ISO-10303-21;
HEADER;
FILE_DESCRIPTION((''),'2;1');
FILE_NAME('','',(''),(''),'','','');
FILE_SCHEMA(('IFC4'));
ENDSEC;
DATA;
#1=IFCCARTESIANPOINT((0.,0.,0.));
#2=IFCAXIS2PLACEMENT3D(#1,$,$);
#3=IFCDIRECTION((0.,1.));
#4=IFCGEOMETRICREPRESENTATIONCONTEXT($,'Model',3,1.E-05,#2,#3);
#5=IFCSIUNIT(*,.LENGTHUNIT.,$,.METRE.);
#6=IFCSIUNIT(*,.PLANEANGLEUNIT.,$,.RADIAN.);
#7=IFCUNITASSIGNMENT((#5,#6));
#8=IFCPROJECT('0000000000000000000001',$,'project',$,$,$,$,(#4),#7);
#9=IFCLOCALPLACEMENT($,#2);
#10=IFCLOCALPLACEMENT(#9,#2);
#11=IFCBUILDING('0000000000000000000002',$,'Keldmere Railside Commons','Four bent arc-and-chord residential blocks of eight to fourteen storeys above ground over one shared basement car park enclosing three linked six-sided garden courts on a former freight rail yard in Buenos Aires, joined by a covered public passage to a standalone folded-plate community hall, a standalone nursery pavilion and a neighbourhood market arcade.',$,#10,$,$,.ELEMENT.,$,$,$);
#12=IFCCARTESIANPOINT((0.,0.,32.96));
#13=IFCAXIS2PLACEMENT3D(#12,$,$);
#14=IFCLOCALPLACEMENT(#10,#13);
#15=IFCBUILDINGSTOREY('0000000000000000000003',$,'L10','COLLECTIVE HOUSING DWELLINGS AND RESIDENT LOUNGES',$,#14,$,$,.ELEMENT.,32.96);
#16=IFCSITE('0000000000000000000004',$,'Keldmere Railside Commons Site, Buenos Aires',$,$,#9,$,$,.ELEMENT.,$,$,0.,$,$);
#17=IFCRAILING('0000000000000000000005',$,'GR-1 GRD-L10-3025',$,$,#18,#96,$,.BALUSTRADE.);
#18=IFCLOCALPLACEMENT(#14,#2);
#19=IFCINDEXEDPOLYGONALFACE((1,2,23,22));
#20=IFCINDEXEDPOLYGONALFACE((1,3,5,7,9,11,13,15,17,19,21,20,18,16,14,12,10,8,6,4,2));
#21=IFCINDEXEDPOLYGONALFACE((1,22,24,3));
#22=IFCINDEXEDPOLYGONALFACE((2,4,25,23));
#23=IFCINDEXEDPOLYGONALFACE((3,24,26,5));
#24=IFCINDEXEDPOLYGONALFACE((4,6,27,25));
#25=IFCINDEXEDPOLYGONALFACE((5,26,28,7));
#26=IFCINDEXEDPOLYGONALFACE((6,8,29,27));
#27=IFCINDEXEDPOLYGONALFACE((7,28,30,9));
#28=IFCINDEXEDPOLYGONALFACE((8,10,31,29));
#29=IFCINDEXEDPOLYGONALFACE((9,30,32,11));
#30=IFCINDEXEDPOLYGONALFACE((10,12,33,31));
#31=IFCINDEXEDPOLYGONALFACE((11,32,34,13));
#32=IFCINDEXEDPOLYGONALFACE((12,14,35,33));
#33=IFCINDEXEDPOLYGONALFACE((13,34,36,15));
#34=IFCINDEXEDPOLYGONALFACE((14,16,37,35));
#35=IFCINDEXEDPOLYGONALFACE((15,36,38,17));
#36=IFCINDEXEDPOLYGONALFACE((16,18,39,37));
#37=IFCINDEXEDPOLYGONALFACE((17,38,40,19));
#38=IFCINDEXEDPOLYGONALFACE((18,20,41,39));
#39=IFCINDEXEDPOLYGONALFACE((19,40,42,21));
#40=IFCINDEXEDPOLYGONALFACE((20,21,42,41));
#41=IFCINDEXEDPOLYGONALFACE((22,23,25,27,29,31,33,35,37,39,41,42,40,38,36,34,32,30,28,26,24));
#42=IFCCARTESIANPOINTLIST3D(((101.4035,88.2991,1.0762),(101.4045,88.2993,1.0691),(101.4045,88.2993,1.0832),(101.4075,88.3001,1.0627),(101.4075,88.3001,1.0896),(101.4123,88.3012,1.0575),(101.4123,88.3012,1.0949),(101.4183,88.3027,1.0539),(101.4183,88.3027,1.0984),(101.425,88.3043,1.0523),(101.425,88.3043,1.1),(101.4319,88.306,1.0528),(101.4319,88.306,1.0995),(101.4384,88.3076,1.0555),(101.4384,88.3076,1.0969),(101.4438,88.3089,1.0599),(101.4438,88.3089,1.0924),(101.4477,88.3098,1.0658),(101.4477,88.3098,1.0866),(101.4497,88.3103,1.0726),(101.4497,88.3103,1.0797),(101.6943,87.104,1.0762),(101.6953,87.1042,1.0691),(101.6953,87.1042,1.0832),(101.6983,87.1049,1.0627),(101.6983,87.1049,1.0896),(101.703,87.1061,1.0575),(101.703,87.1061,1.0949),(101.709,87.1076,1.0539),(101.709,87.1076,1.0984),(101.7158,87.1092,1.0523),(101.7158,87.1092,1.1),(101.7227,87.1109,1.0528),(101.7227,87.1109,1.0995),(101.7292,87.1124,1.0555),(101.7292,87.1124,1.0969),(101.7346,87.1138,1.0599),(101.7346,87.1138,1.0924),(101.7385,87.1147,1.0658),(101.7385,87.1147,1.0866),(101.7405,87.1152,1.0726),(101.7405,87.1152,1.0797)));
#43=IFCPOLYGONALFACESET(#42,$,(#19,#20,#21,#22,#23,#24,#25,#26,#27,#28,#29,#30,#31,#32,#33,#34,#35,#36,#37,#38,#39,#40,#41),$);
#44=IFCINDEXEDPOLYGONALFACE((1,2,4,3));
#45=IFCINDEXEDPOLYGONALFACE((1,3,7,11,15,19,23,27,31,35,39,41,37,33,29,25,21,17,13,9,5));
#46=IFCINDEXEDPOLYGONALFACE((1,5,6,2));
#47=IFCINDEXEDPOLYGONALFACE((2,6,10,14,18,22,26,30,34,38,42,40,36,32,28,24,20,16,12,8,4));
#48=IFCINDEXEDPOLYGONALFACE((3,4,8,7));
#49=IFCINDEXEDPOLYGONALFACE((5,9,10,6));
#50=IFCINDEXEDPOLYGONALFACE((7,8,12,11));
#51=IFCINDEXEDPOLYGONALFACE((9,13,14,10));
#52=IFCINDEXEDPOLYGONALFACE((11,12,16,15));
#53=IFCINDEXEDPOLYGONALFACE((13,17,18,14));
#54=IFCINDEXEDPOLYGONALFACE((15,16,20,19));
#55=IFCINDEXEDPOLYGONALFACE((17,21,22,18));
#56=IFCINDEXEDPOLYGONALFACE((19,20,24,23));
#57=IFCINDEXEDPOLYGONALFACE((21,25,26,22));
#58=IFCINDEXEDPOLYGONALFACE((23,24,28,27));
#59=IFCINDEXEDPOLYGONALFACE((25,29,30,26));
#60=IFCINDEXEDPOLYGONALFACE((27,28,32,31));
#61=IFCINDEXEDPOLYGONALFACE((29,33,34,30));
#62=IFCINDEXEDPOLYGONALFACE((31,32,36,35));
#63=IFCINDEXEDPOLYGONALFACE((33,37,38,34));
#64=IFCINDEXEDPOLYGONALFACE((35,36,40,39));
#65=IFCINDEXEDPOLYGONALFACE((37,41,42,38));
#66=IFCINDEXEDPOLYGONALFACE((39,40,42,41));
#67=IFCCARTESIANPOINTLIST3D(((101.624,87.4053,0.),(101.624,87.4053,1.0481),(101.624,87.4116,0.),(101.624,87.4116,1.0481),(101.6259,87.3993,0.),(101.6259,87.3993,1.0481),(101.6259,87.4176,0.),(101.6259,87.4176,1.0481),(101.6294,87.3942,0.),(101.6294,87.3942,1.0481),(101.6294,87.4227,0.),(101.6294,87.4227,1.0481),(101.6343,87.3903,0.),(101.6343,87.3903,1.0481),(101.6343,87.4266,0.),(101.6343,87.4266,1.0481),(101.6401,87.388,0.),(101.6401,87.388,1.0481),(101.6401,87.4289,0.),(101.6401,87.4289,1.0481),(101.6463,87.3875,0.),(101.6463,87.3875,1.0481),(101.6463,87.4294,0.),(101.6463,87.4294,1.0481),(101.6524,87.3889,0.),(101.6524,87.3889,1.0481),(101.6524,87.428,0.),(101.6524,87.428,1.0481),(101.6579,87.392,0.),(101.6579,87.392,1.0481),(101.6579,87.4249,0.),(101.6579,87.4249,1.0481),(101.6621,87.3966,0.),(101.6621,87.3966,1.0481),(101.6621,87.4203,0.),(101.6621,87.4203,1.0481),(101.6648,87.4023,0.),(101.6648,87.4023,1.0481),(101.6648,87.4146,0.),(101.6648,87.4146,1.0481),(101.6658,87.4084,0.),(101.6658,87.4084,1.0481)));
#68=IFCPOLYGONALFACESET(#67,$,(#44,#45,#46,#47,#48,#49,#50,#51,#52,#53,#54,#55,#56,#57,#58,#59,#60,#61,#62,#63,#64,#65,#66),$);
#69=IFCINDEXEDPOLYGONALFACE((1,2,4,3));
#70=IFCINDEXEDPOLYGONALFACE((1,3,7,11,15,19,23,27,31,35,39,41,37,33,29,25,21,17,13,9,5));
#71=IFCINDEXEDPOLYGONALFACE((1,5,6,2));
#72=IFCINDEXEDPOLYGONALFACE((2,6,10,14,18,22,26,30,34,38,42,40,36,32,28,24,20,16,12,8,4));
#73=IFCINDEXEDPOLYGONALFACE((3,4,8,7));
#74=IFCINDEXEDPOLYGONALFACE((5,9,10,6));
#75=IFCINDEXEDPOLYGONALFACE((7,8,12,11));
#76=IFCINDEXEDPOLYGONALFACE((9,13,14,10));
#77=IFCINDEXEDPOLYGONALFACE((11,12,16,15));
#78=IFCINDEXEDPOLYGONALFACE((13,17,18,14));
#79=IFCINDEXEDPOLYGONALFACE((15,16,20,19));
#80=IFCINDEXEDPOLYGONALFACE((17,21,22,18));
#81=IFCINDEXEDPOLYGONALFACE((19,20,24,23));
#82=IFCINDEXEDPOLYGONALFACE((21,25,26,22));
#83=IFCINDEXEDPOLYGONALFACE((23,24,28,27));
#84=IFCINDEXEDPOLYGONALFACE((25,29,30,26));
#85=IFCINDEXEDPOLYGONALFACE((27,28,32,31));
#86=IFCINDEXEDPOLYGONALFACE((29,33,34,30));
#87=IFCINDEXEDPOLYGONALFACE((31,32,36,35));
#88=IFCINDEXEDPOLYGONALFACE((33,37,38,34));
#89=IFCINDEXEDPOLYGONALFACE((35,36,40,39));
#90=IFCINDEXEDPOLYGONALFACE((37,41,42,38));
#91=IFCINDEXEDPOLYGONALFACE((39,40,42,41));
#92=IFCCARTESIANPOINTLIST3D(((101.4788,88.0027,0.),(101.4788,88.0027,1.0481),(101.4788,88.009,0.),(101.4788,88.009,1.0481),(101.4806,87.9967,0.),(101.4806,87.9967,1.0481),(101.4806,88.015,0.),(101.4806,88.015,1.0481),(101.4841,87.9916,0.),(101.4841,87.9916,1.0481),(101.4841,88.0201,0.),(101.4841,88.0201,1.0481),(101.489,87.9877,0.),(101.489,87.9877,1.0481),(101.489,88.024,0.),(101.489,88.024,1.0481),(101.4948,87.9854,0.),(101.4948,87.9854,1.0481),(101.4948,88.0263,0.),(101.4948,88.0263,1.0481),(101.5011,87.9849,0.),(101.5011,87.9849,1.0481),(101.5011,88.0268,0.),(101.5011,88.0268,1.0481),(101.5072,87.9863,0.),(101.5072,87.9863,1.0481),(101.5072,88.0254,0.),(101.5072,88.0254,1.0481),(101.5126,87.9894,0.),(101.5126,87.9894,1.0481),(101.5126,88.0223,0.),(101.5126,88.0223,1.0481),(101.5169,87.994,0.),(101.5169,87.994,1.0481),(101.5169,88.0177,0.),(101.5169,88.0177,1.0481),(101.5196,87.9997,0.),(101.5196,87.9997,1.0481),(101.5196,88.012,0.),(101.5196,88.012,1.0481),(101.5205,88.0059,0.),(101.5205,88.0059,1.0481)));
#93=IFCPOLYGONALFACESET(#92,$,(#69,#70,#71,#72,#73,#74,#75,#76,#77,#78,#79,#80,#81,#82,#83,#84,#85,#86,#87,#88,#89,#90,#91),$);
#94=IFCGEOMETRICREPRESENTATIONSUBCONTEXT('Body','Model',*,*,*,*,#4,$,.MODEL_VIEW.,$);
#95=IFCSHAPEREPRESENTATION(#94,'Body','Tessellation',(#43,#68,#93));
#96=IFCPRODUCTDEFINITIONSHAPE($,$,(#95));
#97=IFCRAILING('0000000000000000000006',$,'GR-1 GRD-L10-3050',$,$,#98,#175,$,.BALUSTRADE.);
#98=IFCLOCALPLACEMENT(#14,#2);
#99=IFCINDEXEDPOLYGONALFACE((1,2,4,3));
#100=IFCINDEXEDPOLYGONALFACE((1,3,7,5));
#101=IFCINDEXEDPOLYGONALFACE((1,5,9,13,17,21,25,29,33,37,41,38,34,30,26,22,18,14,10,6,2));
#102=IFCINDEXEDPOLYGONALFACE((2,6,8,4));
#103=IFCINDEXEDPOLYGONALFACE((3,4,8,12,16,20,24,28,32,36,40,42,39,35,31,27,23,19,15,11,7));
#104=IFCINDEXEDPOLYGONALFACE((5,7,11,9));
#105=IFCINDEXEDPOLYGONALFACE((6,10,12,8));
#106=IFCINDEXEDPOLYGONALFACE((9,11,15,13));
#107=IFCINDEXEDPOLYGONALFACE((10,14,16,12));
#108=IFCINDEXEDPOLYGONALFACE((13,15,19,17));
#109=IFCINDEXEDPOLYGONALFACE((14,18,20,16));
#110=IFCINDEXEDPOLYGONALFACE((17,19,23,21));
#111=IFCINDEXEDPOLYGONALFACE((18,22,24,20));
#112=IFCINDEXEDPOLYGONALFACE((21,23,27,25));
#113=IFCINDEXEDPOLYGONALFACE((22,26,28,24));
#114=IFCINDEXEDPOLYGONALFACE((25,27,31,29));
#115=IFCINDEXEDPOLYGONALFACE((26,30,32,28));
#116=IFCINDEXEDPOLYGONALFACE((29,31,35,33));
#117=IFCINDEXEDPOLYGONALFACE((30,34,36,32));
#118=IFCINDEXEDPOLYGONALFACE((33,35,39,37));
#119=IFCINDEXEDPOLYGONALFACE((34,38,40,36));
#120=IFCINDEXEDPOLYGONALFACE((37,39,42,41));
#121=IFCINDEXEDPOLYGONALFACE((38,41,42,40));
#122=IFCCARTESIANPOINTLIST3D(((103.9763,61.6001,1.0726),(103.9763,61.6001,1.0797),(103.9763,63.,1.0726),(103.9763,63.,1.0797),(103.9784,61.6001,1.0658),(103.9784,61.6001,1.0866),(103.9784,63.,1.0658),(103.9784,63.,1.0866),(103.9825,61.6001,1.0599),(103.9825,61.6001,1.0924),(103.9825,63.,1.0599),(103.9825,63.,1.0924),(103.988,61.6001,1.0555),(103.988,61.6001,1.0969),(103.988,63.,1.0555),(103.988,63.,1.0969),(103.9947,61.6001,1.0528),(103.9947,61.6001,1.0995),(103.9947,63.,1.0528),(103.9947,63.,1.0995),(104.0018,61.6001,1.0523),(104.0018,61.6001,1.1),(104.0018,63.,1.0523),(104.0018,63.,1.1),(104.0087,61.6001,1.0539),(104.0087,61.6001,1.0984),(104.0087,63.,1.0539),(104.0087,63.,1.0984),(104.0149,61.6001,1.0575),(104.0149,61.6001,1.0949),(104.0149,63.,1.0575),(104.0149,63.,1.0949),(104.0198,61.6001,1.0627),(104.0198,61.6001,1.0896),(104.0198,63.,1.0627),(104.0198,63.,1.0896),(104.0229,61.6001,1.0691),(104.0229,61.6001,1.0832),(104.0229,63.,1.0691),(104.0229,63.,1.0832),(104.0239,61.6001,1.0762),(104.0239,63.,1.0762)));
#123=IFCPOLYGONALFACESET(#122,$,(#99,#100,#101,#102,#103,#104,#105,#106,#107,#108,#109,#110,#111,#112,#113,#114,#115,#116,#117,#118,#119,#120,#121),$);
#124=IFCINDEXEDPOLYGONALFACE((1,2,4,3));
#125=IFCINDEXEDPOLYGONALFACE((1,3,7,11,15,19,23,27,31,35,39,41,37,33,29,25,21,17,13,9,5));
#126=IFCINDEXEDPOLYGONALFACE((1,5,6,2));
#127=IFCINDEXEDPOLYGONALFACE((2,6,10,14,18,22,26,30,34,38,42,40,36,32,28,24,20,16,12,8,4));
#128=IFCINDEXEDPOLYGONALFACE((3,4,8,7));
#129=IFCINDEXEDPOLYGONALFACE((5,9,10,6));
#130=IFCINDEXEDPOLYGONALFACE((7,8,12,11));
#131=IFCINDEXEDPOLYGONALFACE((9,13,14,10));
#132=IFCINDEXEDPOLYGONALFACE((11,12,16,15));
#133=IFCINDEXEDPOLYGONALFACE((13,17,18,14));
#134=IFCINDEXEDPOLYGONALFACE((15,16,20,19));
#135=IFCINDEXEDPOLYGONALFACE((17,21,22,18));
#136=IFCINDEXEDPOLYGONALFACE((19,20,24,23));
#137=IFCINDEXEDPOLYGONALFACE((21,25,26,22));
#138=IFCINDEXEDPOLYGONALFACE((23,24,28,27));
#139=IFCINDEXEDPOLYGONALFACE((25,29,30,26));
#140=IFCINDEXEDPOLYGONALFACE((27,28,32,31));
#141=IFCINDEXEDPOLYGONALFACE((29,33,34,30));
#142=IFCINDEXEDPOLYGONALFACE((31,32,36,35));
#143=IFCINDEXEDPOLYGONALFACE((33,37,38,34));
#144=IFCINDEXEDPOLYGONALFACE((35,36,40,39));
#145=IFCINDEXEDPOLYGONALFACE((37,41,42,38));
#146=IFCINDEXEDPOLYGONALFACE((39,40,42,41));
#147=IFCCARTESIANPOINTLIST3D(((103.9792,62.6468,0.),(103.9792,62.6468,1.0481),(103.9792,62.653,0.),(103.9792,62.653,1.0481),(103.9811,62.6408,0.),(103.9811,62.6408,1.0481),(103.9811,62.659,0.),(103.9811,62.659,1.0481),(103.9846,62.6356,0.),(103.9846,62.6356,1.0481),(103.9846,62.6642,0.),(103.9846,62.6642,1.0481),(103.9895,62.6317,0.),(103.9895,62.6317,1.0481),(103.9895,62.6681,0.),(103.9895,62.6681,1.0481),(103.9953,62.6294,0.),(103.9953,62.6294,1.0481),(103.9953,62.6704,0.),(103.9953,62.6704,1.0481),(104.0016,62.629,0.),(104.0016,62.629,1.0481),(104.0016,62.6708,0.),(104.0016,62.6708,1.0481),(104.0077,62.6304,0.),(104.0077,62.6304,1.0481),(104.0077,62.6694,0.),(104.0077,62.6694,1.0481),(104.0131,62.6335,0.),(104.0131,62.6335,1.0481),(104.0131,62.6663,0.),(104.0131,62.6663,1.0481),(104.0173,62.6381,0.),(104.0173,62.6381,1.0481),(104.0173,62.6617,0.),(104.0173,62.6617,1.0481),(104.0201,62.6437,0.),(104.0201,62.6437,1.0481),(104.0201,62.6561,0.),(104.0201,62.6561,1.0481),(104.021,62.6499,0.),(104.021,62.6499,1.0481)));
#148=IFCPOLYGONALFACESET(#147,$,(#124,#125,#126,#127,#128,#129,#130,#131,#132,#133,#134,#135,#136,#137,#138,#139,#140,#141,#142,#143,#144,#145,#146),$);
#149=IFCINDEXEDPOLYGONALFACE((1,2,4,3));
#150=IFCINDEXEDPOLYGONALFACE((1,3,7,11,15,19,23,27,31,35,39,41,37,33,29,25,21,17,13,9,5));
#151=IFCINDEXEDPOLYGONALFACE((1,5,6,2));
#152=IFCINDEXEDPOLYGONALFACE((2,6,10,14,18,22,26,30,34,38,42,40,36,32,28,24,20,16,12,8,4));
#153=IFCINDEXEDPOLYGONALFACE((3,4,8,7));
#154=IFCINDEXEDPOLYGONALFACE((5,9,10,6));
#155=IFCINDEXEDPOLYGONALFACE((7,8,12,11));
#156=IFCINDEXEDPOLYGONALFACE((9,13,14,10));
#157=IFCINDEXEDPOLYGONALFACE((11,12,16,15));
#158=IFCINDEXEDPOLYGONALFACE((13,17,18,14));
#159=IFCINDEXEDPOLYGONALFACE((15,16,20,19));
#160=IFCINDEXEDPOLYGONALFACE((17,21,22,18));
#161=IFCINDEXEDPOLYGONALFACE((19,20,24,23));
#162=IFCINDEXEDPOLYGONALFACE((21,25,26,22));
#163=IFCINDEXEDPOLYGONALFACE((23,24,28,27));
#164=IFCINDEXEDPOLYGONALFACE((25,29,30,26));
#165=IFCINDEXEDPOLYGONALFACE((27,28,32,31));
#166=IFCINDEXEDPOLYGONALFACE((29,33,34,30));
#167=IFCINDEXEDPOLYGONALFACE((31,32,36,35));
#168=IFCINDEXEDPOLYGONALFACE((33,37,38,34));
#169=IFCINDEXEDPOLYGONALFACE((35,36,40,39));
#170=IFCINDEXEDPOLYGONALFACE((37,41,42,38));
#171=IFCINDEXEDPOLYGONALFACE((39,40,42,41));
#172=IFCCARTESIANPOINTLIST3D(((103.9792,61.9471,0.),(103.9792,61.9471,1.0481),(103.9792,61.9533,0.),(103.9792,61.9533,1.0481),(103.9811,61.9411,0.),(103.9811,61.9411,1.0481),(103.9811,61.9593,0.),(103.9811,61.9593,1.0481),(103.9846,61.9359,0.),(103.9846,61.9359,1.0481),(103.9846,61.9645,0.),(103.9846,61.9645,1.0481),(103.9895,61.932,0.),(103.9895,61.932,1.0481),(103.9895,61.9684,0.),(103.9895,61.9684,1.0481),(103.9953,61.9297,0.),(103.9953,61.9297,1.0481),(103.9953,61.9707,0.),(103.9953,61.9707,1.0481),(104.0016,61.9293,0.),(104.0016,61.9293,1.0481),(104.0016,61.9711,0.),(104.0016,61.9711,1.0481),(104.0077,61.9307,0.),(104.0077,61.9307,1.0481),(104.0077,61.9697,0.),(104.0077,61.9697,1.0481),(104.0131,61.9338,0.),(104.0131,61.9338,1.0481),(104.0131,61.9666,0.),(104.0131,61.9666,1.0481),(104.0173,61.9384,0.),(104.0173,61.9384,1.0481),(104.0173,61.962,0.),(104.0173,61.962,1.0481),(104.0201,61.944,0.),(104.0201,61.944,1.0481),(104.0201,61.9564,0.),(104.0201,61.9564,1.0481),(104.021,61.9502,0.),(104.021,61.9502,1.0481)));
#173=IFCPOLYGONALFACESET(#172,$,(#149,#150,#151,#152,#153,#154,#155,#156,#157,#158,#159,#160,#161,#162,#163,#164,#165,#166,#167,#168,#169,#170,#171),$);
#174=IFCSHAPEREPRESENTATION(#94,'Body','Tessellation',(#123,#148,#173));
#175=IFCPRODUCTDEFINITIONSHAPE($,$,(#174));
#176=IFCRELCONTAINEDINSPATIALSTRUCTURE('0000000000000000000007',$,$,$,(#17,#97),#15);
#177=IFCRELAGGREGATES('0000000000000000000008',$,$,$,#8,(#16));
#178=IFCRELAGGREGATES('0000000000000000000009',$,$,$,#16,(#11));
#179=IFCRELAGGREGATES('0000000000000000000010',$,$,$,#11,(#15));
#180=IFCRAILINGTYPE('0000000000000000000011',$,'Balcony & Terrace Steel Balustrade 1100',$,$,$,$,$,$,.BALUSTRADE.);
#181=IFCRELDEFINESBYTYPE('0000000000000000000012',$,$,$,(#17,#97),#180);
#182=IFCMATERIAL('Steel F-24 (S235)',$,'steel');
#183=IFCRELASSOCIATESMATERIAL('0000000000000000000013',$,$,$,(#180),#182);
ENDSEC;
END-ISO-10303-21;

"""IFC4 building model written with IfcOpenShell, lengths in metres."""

from ifc_helpers import new_model, si_unit, direction, frame, origin, origin_2d, place, context, subcontext, project, spatial, circle, extrude, material, type_object, element, save


model = new_model("IFC4")

# Units and contexts
model_context = context("Model", 3, precision=1e-05, world=origin(), true_north=direction((0.0, 1.0)))
body_context = subcontext(model_context, "Body", "Model", "MODEL_VIEW")
ifc_project = project(units=[si_unit("LENGTHUNIT", "METRE"), si_unit("PLANEANGLEUNIT", "RADIAN")], contexts=[model_context])

# Site, building, storey
site_placement = place(None, origin())
site = spatial("IfcSite", under=ifc_project, at=site_placement, Name="Keldmere Railside Commons Site, Buenos Aires", CompositionType="ELEMENT", RefElevation=0.0)
building_placement = place(site_placement, origin())
building = spatial("IfcBuilding", under=site, at=building_placement, Name="Keldmere Railside Commons", Description="Four bent arc-and-chord residential blocks of eight to fourteen storeys above ground over one shared basement car park enclosing three linked six-sided garden courts on a former freight rail yard in Buenos Aires, joined by a covered public passage to a standalone folded-plate community hall, a standalone nursery pavilion and a neighbourhood market arcade.", CompositionType="ELEMENT")
storey_placement = place(building_placement, frame((0.0, 0.0, 32.96)))
storey = spatial("IfcBuildingStorey", under=building, at=storey_placement, Name="L10", Description="COLLECTIVE HOUSING DWELLINGS AND RESIDENT LOUNGES", CompositionType="ELEMENT", Elevation=32.96)

# Railings
ifc_material_1 = material(Name="Steel F-24 (S235)", Category="steel")
railing_type = type_object("IfcRailingType", Name="Balcony & Terrace Steel Balustrade 1100", PredefinedType="BALUSTRADE", material=ifc_material_1)
railing_1_placement = place(storey_placement, frame((101.7175, 87.1096, 0.0)))
element("IfcRailing", 1, at=railing_1_placement, inside=storey, type_object=railing_type, Name="GR-1 GRD-L10-3025", PredefinedType="BALUSTRADE", context=body_context, shape_type="SweptSolid", body=[
    extrude(circle(Radius=0.0239, at=origin_2d()), frame((0.0, 0.0, 1.0762), z_axis=(-0.236412, 0.971653, 0.0), x_axis=(-0.971653, -0.236412, 0.0)), (0.0, 0.0, 1.0), 1.23),
    extrude(circle(Radius=0.021, at=origin_2d()), frame((-0.0728, 0.2988, 0.0)), (0.0, 0.0, 1.0), 1.0481),
    extrude(circle(Radius=0.021, at=origin_2d()), frame((-0.218, 0.8962, 0.0)), (0.0, 0.0, 1.0), 1.0481),
])
railing_2_placement = place(storey_placement, frame((104.0, 63.0, 0.0)))
element("IfcRailing", 2, at=railing_2_placement, inside=storey, type_object=railing_type, Name="GR-1 GRD-L10-3050", PredefinedType="BALUSTRADE", context=body_context, shape_type="SweptSolid", body=[
    extrude(circle(Radius=0.0239, at=origin_2d()), frame((0.0, 0.0, 1.0762), z_axis=(0.0, -1.0, 0.0), x_axis=(1.0, 0.0, 0.0)), (0.0, 0.0, 1.0), 1.3999),
    extrude(circle(Radius=0.021, at=origin_2d()), frame((0.0, -0.3501, 0.0)), (0.0, 0.0, 1.0), 1.0481),
    extrude(circle(Radius=0.021, at=origin_2d()), frame((0.0, -1.0498, 0.0)), (0.0, 0.0, 1.0), 1.0481),
])

save(model, "model.ifc")
